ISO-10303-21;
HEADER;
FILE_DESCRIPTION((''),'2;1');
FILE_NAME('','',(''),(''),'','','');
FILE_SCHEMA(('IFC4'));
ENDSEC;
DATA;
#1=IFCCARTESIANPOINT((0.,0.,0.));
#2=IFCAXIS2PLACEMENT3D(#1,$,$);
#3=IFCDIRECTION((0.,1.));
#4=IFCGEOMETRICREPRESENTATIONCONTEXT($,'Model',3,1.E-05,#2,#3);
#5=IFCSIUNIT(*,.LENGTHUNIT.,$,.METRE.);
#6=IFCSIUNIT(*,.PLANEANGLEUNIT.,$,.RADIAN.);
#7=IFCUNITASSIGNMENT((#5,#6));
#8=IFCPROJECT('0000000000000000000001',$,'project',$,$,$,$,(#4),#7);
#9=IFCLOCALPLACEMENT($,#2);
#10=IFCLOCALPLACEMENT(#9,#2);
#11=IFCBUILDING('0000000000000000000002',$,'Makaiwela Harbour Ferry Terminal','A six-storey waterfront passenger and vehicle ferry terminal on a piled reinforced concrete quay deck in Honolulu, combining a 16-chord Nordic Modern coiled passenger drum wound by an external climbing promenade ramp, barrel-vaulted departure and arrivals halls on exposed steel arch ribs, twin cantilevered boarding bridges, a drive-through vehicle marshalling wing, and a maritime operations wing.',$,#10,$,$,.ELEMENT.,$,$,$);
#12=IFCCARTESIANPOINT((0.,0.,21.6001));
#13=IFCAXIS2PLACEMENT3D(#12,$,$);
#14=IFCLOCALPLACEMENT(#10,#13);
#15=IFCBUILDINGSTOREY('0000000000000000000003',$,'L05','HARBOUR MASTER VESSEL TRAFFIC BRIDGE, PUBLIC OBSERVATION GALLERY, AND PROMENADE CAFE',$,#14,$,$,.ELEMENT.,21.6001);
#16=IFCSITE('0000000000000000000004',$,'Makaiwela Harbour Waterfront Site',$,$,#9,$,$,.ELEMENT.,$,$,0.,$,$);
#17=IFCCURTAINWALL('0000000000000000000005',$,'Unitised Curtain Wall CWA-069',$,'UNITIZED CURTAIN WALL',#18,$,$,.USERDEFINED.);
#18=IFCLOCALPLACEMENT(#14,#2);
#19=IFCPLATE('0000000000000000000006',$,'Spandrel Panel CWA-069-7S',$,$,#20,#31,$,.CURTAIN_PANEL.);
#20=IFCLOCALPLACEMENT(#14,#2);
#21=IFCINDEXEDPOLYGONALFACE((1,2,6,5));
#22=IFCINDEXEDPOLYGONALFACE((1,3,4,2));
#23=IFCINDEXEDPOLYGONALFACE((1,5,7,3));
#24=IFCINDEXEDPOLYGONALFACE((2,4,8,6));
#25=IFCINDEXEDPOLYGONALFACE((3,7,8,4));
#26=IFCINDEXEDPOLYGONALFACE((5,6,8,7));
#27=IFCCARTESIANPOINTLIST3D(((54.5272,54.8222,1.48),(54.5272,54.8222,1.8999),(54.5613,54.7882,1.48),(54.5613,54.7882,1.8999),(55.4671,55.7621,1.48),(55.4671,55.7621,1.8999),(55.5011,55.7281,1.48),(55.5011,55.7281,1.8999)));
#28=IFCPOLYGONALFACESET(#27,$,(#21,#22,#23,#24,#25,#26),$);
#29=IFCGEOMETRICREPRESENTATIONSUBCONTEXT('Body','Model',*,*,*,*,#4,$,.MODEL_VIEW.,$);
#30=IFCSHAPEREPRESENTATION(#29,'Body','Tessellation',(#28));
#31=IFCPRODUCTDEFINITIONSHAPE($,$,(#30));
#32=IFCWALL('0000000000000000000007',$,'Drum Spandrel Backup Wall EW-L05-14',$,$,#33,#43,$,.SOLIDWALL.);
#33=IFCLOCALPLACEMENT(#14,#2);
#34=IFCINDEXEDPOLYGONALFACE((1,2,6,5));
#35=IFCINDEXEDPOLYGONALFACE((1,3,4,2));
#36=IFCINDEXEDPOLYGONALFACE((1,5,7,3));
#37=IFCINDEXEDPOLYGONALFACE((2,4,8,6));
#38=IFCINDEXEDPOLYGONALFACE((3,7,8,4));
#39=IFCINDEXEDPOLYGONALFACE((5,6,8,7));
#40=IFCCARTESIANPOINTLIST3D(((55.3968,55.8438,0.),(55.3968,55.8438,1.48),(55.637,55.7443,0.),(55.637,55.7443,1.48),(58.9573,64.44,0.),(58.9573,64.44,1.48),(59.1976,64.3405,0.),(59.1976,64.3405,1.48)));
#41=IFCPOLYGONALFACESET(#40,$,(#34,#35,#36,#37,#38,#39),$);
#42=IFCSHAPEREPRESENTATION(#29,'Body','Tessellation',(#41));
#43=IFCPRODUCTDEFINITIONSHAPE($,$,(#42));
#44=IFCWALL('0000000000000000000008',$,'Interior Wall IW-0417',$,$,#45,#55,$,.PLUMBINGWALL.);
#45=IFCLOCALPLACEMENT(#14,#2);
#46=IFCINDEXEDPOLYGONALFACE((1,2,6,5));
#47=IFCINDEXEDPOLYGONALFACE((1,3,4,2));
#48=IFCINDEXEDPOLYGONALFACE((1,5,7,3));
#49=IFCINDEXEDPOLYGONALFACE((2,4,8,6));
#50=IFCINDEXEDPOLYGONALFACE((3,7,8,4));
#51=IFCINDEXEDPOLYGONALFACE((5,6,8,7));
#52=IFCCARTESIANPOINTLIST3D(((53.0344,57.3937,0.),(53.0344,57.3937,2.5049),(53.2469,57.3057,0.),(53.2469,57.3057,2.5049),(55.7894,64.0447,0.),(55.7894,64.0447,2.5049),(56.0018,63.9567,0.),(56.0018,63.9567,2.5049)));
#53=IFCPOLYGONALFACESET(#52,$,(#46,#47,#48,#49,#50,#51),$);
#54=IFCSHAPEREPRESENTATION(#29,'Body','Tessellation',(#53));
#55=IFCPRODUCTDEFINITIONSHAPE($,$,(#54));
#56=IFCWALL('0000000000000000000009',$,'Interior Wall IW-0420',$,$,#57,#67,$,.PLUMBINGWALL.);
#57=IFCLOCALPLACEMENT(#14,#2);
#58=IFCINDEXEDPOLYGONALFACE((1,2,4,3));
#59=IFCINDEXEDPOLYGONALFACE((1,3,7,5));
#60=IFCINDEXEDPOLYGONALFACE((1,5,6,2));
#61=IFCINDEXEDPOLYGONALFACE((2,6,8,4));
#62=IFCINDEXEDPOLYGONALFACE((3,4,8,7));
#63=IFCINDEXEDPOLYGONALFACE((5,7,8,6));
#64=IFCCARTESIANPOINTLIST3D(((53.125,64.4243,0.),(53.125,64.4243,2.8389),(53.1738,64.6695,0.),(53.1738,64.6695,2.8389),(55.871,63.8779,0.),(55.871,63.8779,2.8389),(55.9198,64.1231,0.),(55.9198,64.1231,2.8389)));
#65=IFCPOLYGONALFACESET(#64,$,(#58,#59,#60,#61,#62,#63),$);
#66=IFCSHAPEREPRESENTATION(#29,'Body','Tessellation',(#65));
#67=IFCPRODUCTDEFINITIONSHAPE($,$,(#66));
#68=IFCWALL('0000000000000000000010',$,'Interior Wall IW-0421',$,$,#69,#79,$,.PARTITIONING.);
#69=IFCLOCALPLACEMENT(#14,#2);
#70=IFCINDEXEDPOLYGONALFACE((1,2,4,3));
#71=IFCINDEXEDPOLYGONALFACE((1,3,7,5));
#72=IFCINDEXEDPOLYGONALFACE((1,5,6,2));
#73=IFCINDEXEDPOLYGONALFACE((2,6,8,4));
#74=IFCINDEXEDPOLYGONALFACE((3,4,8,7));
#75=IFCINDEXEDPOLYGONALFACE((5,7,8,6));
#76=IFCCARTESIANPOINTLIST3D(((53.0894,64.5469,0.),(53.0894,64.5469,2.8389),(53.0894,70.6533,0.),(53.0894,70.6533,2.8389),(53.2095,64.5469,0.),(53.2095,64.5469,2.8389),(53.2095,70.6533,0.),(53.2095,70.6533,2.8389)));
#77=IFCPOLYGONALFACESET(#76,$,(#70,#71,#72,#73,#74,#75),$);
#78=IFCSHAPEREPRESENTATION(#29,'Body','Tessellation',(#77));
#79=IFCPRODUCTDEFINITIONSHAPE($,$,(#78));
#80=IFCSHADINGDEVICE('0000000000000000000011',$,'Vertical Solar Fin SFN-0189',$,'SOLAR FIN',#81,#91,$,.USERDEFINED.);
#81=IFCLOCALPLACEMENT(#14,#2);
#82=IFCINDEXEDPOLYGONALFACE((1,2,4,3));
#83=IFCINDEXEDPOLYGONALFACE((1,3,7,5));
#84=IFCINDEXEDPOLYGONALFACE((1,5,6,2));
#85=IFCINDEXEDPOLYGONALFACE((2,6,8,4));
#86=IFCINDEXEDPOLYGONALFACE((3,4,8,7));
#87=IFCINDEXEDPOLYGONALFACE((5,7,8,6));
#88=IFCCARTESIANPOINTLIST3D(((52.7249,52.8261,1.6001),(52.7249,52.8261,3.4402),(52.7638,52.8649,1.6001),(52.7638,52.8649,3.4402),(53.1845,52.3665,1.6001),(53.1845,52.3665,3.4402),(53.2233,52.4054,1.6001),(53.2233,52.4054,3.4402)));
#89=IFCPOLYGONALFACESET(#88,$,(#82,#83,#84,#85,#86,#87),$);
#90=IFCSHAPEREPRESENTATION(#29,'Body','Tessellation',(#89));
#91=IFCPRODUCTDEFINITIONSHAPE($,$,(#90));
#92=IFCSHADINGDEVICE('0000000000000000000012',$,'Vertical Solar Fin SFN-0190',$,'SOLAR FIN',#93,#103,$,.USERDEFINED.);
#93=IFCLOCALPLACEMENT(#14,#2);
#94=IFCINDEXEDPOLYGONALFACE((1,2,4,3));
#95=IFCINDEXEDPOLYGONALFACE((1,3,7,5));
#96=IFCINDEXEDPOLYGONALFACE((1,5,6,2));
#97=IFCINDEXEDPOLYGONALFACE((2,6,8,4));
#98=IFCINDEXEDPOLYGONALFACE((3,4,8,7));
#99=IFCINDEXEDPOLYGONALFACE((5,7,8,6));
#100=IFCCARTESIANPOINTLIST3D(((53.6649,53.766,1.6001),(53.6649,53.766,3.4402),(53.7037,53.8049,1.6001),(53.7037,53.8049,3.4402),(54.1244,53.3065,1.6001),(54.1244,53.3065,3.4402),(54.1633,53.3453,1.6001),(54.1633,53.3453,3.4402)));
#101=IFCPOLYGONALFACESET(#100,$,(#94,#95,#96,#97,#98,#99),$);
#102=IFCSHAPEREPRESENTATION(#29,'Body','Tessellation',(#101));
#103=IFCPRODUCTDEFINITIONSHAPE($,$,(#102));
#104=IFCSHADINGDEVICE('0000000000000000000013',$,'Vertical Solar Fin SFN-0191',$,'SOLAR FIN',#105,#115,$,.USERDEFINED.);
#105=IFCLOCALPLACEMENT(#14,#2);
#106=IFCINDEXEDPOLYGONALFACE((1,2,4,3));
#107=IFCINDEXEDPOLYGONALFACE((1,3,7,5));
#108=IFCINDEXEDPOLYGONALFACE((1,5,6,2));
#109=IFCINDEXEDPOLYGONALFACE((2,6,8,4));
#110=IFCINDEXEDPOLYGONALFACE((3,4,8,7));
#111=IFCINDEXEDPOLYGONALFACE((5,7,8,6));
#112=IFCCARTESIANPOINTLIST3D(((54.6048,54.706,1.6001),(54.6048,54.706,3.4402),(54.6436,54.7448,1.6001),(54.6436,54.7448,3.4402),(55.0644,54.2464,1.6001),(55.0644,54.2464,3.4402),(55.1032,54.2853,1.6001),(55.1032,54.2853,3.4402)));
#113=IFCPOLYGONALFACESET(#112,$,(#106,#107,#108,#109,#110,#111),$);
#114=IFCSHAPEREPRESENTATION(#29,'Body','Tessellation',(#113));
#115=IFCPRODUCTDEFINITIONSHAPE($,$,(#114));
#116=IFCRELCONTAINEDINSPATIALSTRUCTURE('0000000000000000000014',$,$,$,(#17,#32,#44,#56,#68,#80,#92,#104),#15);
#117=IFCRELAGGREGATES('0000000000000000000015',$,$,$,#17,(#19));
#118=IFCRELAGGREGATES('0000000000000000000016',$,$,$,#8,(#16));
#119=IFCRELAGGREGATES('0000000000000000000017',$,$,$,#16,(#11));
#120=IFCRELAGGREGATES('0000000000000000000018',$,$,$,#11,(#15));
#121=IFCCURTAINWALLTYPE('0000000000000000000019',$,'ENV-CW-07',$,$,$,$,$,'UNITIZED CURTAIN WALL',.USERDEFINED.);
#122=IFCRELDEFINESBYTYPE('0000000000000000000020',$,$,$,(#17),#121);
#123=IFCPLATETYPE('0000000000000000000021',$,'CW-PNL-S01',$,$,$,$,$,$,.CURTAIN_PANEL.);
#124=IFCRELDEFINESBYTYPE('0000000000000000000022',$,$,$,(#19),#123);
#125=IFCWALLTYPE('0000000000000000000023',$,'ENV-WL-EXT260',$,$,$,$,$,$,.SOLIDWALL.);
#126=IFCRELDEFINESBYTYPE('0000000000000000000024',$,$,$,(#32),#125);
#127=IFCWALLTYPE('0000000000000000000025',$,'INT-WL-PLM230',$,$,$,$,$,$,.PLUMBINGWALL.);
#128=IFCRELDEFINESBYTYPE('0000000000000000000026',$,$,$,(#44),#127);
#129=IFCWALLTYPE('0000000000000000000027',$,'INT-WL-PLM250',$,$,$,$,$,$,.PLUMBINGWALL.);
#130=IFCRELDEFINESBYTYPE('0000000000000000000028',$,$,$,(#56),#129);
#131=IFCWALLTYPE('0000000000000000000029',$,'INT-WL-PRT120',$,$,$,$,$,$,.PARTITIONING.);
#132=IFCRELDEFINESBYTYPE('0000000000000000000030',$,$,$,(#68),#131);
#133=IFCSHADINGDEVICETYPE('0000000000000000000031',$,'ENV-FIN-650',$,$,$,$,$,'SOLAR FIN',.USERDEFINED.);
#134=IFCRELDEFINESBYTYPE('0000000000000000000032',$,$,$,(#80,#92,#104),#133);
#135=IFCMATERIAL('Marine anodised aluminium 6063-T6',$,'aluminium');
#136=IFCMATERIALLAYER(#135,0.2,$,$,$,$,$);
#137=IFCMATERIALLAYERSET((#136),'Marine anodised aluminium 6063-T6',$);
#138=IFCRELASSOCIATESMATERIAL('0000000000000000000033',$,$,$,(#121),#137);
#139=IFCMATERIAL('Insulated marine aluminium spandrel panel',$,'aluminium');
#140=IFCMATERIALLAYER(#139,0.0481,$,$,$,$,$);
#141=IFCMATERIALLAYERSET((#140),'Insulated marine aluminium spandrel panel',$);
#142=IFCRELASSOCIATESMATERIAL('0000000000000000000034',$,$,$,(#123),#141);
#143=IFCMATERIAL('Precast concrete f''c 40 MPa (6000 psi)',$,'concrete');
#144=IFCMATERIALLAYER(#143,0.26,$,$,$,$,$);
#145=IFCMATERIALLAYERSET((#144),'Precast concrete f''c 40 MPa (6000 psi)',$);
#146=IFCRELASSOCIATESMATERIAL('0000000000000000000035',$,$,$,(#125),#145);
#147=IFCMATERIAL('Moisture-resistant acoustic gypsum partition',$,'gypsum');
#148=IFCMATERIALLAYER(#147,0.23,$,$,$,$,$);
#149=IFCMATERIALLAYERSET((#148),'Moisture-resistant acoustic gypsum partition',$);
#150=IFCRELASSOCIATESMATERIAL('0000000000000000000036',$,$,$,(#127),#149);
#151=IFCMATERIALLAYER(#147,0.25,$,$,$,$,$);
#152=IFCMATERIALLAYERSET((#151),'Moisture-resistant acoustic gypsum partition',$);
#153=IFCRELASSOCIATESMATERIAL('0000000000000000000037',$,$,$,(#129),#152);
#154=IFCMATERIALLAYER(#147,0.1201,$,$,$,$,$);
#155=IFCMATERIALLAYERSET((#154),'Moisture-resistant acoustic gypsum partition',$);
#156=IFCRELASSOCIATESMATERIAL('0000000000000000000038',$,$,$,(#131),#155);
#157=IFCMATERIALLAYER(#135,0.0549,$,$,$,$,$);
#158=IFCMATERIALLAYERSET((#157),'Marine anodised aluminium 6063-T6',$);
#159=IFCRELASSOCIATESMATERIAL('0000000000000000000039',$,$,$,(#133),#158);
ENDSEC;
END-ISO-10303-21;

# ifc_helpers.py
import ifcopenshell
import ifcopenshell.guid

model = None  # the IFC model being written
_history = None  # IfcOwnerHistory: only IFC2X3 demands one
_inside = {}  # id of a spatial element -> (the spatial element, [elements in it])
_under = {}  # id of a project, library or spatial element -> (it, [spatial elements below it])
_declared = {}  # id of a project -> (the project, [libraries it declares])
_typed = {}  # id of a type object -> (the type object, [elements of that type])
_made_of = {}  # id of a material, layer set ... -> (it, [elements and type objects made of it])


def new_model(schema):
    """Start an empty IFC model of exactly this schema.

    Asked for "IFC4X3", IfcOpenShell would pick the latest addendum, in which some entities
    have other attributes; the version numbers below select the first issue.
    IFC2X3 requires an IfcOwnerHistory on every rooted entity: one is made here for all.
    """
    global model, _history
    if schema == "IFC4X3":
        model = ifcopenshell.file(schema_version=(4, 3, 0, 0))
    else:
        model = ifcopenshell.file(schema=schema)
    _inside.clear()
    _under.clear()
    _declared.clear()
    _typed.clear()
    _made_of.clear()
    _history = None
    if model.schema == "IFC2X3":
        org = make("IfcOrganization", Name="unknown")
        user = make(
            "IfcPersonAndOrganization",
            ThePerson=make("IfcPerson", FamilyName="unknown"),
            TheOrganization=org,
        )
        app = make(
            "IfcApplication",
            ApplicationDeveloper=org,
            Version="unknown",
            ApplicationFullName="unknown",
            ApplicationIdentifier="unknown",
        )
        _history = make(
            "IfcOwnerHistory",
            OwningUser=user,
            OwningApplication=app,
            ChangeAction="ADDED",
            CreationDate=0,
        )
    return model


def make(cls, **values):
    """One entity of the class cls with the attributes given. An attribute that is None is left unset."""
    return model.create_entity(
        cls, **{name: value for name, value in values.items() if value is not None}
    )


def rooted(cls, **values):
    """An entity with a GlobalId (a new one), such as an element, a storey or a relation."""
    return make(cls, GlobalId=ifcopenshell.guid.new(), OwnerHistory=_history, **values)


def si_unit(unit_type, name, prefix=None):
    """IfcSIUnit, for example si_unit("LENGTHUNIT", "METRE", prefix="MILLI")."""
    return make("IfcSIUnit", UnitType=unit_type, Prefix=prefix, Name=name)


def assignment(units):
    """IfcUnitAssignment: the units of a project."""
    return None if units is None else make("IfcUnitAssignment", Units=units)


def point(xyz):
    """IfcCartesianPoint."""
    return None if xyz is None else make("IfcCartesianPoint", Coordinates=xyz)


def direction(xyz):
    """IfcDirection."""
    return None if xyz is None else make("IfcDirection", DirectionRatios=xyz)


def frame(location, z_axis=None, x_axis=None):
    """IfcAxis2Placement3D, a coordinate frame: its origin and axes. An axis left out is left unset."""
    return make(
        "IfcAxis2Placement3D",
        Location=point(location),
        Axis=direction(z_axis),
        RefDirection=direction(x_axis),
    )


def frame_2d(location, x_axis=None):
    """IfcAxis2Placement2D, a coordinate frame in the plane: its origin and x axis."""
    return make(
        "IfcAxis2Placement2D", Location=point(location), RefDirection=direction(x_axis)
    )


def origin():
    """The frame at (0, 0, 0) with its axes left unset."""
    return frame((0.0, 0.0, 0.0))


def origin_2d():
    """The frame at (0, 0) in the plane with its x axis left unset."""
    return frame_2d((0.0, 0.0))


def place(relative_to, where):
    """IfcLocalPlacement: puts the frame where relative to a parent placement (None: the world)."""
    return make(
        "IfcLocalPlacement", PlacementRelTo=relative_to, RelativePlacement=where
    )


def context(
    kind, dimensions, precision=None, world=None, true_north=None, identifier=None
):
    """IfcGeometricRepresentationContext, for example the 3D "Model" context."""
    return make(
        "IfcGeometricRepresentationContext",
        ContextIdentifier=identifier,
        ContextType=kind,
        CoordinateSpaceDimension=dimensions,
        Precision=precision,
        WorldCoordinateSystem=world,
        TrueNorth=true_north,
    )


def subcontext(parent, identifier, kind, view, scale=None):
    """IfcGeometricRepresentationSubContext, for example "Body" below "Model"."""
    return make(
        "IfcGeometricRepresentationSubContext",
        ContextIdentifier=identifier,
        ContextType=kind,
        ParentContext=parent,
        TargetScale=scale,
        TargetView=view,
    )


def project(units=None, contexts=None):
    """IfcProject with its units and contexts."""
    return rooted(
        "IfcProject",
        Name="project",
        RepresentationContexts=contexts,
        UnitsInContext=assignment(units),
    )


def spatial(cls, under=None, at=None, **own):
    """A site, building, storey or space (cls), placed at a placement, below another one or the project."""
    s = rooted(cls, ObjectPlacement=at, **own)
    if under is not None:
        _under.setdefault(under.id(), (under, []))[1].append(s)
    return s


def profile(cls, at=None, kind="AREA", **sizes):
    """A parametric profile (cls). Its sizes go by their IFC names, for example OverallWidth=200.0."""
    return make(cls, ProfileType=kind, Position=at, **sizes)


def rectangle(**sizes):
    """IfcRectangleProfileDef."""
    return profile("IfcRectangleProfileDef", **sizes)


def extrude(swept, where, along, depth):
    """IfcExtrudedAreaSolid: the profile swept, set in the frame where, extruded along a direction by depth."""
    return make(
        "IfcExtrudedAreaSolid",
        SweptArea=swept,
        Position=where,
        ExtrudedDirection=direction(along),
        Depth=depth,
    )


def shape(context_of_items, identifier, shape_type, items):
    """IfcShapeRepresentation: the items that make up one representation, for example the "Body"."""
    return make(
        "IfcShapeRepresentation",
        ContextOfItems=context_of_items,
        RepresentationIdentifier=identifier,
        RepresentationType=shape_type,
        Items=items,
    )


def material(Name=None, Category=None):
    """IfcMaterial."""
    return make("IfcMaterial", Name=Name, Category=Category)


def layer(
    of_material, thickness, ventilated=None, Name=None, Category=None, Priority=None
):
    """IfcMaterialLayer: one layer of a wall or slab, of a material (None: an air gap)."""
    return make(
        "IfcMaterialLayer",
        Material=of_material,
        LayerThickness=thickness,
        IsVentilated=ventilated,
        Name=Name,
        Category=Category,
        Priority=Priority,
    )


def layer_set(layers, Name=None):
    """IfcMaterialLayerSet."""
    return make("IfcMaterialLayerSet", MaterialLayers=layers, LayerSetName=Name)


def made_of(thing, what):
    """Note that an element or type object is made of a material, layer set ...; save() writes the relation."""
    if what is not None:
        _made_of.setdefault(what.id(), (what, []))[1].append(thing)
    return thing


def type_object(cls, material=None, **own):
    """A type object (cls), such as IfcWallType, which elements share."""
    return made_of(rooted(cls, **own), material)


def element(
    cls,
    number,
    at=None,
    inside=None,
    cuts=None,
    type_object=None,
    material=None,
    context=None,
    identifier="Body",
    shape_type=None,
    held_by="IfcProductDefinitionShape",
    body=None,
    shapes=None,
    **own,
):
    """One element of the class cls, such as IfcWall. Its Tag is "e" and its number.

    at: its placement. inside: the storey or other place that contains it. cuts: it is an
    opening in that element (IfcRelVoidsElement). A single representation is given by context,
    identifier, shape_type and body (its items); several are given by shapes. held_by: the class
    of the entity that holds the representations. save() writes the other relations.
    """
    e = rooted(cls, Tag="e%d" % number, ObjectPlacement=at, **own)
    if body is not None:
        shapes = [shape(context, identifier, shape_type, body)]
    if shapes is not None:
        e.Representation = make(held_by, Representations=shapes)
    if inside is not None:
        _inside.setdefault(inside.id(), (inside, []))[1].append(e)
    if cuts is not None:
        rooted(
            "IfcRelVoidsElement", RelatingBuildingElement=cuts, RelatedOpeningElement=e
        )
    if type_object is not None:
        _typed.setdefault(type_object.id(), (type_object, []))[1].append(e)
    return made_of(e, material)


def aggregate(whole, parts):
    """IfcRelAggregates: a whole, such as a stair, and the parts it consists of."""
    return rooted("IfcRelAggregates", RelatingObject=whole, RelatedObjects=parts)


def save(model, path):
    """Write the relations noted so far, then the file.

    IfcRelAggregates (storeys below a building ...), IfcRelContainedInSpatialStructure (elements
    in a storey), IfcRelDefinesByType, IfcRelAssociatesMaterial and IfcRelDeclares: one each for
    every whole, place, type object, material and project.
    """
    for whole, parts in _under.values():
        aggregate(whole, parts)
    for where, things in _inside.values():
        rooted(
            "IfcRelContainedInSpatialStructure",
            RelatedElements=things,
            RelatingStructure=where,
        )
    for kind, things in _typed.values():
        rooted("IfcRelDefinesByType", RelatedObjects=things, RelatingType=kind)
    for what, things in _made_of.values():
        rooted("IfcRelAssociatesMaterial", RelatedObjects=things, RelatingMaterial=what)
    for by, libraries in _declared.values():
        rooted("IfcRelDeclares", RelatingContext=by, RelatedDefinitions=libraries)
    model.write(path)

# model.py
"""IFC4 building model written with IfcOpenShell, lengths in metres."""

from ifc_helpers import new_model, si_unit, direction, frame, frame_2d, origin, origin_2d, place, context, subcontext, project, spatial, rectangle, extrude, material, layer, layer_set, type_object, element, aggregate, save


model = new_model("IFC4")

# Units and contexts
model_context = context("Model", 3, precision=1e-05, world=origin(), true_north=direction((0.0, 1.0)))
body_context = subcontext(model_context, "Body", "Model", "MODEL_VIEW")
ifc_project = project(units=[si_unit("LENGTHUNIT", "METRE"), si_unit("PLANEANGLEUNIT", "RADIAN")], contexts=[model_context])

# Site, building, storey
site_placement = place(None, origin())
site = spatial("IfcSite", under=ifc_project, at=site_placement, Name="Makaiwela Harbour Waterfront Site", CompositionType="ELEMENT", RefElevation=0.0)
building_placement = place(site_placement, origin())
building = spatial("IfcBuilding", under=site, at=building_placement, Name="Makaiwela Harbour Ferry Terminal", Description="A six-storey waterfront passenger and vehicle ferry terminal on a piled reinforced concrete quay deck in Honolulu, combining a 16-chord Nordic Modern coiled passenger drum wound by an external climbing promenade ramp, barrel-vaulted departure and arrivals halls on exposed steel arch ribs, twin cantilevered boarding bridges, a drive-through vehicle marshalling wing, and a maritime operations wing.", CompositionType="ELEMENT")
storey_placement = place(building_placement, frame((0.0, 0.0, 21.6001)))
storey = spatial("IfcBuildingStorey", under=building, at=storey_placement, Name="L05", Description="HARBOUR MASTER VESSEL TRAFFIC BRIDGE, PUBLIC OBSERVATION GALLERY, AND PROMENADE CAFE", CompositionType="ELEMENT", Elevation=21.6001)

# Curtain wall
ifc_material_1 = material(Name="Marine anodised aluminium 6063-T6", Category="aluminium")
ifc_layer_1 = layer(ifc_material_1, 0.2)
ifc_layer_set_1 = layer_set([ifc_layer_1], Name="Marine anodised aluminium 6063-T6")
curtain_wall_type = type_object("IfcCurtainWallType", Name="ENV-CW-07", ElementType="UNITIZED CURTAIN WALL", PredefinedType="USERDEFINED", material=ifc_layer_set_1)
curtain_wall_1_placement = place(storey_placement, origin())
curtain_wall_1 = element("IfcCurtainWall", 1, at=curtain_wall_1_placement, inside=storey, type_object=curtain_wall_type, Name="Unitised Curtain Wall CWA-069", ObjectType="UNITIZED CURTAIN WALL", PredefinedType="USERDEFINED")

# Plate
ifc_material_2 = material(Name="Insulated marine aluminium spandrel panel", Category="aluminium")
ifc_layer_2 = layer(ifc_material_2, 0.0481)
ifc_layer_set_2 = layer_set([ifc_layer_2], Name="Insulated marine aluminium spandrel panel")
plate_type_1 = type_object("IfcPlateType", Name="CW-PNL-S01", PredefinedType="CURTAIN_PANEL", material=ifc_layer_set_2)
plate_1_placement = place(storey_placement, frame((55.0142, 55.2751, 1.48), z_axis=(0.0, 0.0, 1.0), x_axis=(0.707107, 0.707107, 0.0)))
plate_1 = element("IfcPlate", 2, at=plate_1_placement, type_object=plate_type_1, Name="Spandrel Panel CWA-069-7S", PredefinedType="CURTAIN_PANEL", context=body_context, shape_type="SweptSolid", body=[
    extrude(rectangle(XDim=1.3291, YDim=0.0481, at=origin_2d()), origin(), (0.0, 0.0, 1.0), 0.4199),
])
aggregate(curtain_wall_1, [plate_1])

# Walls
ifc_material_3 = material(Name="Precast concrete f'c 40 MPa (6000 psi)", Category="concrete")
ifc_layer_3 = layer(ifc_material_3, 0.26)
ifc_layer_set_3 = layer_set([ifc_layer_3], Name="Precast concrete f'c 40 MPa (6000 psi)")
wall_type_1 = type_object("IfcWallType", Name="ENV-WL-EXT260", PredefinedType="SOLIDWALL", material=ifc_layer_set_3)
wall_1_placement = place(storey_placement, frame((55.5168, 55.7939, 0.0), z_axis=(0.0, 0.0, 1.0), x_axis=(0.382673, 0.923884, 0.0)))
element("IfcWall", 3, at=wall_1_placement, inside=storey, type_object=wall_type_1, Name="Drum Spandrel Backup Wall EW-L05-14", PredefinedType="SOLIDWALL", context=body_context, shape_type="SweptSolid", body=[
    extrude(rectangle(XDim=9.3044, YDim=0.26, at=frame_2d((4.6523, 0.0))), origin(), (0.0, 0.0, 1.0), 1.48),
])
ifc_material_4 = material(Name="Moisture-resistant acoustic gypsum partition", Category="gypsum")
ifc_layer_4 = layer(ifc_material_4, 0.23)
ifc_layer_set_4 = layer_set([ifc_layer_4], Name="Moisture-resistant acoustic gypsum partition")
wall_type_2 = type_object("IfcWallType", Name="INT-WL-PLM230", PredefinedType="PLUMBINGWALL", material=ifc_layer_set_4)
wall_2_placement = place(storey_placement, frame((53.1406, 57.3496, 0.0), z_axis=(0.0, 0.0, 1.0), x_axis=(0.382683, 0.92388, 0.0)))
element("IfcWall", 4, at=wall_2_placement, inside=storey, type_object=wall_type_2, Name="Interior Wall IW-0417", PredefinedType="PLUMBINGWALL", context=body_context, shape_type="SweptSolid", body=[
    extrude(rectangle(XDim=7.199, YDim=0.23, at=frame_2d((3.5996, 0.0))), origin(), (0.0, 0.0, 1.0), 2.5049),
])
ifc_layer_5 = layer(ifc_material_4, 0.25)
ifc_layer_set_5 = layer_set([ifc_layer_5], Name="Moisture-resistant acoustic gypsum partition")
wall_type_3 = type_object("IfcWallType", Name="INT-WL-PLM250", PredefinedType="PLUMBINGWALL", material=ifc_layer_set_5)
wall_3_placement = place(storey_placement, frame((53.1494, 64.5469, 0.0), z_axis=(0.0, 0.0, 1.0), x_axis=(0.980775, -0.195143, 0.0)))
element("IfcWall", 5, at=wall_3_placement, inside=storey, type_object=wall_type_3, Name="Interior Wall IW-0420", PredefinedType="PLUMBINGWALL", context=body_context, shape_type="SweptSolid", body=[
    extrude(rectangle(XDim=2.7998, YDim=0.25, at=frame_2d((1.3999, 0.0))), origin(), (0.0, 0.0, 1.0), 2.8389),
])
ifc_layer_6 = layer(ifc_material_4, 0.1201)
ifc_layer_set_6 = layer_set([ifc_layer_6], Name="Moisture-resistant acoustic gypsum partition")
wall_type_4 = type_object("IfcWallType", Name="INT-WL-PRT120", PredefinedType="PARTITIONING", material=ifc_layer_set_6)
wall_4_placement = place(storey_placement, frame((53.1494, 64.5469, 0.0), z_axis=(0.0, 0.0, 1.0), x_axis=(0.0, 1.0, 0.0)))
element("IfcWall", 6, at=wall_4_placement, inside=storey, type_object=wall_type_4, Name="Interior Wall IW-0421", PredefinedType="PARTITIONING", context=body_context, shape_type="SweptSolid", body=[
    extrude(rectangle(XDim=6.1064, YDim=0.1201, at=frame_2d((3.0532, 0.0))), origin(), (0.0, 0.0, 1.0), 2.8389),
])

# Shading devices
ifc_layer_7 = layer(ifc_material_1, 0.0549)
ifc_layer_set_7 = layer_set([ifc_layer_7], Name="Marine anodised aluminium 6063-T6")
shading_device_type = type_object("IfcShadingDeviceType", Name="ENV-FIN-650", ElementType="SOLAR FIN", PredefinedType="USERDEFINED", material=ifc_layer_set_7)
for number, where, z_axis, x_axis, name in (
    (7, (52.9741, 52.6157, 1.6001), (0.0, 0.0, 1.0), (0.707107, -0.707107, 0.0), "Vertical Solar Fin SFN-0189"),
    (8, (53.9141, 53.5557, 1.6001), (0.0, 0.0, 1.0), (0.707107, -0.707107, 0.0), "Vertical Solar Fin SFN-0190"),
    (9, (54.854, 54.4956, 1.6001), (0.0, 0.0, 1.0), (0.707107, -0.707107, 0.0), "Vertical Solar Fin SFN-0191"),
):
    element("IfcShadingDevice", number, at=place(storey_placement, frame(where, z_axis=z_axis, x_axis=x_axis)), inside=storey, type_object=shading_device_type, Name=name, ObjectType="SOLAR FIN", PredefinedType="USERDEFINED", context=body_context, shape_type="SweptSolid", body=[
        extrude(rectangle(XDim=0.6499, YDim=0.0549, at=origin_2d()), origin(), (0.0, 0.0, 1.0), 1.8401),
    ])

save(model, "model.ifc")
